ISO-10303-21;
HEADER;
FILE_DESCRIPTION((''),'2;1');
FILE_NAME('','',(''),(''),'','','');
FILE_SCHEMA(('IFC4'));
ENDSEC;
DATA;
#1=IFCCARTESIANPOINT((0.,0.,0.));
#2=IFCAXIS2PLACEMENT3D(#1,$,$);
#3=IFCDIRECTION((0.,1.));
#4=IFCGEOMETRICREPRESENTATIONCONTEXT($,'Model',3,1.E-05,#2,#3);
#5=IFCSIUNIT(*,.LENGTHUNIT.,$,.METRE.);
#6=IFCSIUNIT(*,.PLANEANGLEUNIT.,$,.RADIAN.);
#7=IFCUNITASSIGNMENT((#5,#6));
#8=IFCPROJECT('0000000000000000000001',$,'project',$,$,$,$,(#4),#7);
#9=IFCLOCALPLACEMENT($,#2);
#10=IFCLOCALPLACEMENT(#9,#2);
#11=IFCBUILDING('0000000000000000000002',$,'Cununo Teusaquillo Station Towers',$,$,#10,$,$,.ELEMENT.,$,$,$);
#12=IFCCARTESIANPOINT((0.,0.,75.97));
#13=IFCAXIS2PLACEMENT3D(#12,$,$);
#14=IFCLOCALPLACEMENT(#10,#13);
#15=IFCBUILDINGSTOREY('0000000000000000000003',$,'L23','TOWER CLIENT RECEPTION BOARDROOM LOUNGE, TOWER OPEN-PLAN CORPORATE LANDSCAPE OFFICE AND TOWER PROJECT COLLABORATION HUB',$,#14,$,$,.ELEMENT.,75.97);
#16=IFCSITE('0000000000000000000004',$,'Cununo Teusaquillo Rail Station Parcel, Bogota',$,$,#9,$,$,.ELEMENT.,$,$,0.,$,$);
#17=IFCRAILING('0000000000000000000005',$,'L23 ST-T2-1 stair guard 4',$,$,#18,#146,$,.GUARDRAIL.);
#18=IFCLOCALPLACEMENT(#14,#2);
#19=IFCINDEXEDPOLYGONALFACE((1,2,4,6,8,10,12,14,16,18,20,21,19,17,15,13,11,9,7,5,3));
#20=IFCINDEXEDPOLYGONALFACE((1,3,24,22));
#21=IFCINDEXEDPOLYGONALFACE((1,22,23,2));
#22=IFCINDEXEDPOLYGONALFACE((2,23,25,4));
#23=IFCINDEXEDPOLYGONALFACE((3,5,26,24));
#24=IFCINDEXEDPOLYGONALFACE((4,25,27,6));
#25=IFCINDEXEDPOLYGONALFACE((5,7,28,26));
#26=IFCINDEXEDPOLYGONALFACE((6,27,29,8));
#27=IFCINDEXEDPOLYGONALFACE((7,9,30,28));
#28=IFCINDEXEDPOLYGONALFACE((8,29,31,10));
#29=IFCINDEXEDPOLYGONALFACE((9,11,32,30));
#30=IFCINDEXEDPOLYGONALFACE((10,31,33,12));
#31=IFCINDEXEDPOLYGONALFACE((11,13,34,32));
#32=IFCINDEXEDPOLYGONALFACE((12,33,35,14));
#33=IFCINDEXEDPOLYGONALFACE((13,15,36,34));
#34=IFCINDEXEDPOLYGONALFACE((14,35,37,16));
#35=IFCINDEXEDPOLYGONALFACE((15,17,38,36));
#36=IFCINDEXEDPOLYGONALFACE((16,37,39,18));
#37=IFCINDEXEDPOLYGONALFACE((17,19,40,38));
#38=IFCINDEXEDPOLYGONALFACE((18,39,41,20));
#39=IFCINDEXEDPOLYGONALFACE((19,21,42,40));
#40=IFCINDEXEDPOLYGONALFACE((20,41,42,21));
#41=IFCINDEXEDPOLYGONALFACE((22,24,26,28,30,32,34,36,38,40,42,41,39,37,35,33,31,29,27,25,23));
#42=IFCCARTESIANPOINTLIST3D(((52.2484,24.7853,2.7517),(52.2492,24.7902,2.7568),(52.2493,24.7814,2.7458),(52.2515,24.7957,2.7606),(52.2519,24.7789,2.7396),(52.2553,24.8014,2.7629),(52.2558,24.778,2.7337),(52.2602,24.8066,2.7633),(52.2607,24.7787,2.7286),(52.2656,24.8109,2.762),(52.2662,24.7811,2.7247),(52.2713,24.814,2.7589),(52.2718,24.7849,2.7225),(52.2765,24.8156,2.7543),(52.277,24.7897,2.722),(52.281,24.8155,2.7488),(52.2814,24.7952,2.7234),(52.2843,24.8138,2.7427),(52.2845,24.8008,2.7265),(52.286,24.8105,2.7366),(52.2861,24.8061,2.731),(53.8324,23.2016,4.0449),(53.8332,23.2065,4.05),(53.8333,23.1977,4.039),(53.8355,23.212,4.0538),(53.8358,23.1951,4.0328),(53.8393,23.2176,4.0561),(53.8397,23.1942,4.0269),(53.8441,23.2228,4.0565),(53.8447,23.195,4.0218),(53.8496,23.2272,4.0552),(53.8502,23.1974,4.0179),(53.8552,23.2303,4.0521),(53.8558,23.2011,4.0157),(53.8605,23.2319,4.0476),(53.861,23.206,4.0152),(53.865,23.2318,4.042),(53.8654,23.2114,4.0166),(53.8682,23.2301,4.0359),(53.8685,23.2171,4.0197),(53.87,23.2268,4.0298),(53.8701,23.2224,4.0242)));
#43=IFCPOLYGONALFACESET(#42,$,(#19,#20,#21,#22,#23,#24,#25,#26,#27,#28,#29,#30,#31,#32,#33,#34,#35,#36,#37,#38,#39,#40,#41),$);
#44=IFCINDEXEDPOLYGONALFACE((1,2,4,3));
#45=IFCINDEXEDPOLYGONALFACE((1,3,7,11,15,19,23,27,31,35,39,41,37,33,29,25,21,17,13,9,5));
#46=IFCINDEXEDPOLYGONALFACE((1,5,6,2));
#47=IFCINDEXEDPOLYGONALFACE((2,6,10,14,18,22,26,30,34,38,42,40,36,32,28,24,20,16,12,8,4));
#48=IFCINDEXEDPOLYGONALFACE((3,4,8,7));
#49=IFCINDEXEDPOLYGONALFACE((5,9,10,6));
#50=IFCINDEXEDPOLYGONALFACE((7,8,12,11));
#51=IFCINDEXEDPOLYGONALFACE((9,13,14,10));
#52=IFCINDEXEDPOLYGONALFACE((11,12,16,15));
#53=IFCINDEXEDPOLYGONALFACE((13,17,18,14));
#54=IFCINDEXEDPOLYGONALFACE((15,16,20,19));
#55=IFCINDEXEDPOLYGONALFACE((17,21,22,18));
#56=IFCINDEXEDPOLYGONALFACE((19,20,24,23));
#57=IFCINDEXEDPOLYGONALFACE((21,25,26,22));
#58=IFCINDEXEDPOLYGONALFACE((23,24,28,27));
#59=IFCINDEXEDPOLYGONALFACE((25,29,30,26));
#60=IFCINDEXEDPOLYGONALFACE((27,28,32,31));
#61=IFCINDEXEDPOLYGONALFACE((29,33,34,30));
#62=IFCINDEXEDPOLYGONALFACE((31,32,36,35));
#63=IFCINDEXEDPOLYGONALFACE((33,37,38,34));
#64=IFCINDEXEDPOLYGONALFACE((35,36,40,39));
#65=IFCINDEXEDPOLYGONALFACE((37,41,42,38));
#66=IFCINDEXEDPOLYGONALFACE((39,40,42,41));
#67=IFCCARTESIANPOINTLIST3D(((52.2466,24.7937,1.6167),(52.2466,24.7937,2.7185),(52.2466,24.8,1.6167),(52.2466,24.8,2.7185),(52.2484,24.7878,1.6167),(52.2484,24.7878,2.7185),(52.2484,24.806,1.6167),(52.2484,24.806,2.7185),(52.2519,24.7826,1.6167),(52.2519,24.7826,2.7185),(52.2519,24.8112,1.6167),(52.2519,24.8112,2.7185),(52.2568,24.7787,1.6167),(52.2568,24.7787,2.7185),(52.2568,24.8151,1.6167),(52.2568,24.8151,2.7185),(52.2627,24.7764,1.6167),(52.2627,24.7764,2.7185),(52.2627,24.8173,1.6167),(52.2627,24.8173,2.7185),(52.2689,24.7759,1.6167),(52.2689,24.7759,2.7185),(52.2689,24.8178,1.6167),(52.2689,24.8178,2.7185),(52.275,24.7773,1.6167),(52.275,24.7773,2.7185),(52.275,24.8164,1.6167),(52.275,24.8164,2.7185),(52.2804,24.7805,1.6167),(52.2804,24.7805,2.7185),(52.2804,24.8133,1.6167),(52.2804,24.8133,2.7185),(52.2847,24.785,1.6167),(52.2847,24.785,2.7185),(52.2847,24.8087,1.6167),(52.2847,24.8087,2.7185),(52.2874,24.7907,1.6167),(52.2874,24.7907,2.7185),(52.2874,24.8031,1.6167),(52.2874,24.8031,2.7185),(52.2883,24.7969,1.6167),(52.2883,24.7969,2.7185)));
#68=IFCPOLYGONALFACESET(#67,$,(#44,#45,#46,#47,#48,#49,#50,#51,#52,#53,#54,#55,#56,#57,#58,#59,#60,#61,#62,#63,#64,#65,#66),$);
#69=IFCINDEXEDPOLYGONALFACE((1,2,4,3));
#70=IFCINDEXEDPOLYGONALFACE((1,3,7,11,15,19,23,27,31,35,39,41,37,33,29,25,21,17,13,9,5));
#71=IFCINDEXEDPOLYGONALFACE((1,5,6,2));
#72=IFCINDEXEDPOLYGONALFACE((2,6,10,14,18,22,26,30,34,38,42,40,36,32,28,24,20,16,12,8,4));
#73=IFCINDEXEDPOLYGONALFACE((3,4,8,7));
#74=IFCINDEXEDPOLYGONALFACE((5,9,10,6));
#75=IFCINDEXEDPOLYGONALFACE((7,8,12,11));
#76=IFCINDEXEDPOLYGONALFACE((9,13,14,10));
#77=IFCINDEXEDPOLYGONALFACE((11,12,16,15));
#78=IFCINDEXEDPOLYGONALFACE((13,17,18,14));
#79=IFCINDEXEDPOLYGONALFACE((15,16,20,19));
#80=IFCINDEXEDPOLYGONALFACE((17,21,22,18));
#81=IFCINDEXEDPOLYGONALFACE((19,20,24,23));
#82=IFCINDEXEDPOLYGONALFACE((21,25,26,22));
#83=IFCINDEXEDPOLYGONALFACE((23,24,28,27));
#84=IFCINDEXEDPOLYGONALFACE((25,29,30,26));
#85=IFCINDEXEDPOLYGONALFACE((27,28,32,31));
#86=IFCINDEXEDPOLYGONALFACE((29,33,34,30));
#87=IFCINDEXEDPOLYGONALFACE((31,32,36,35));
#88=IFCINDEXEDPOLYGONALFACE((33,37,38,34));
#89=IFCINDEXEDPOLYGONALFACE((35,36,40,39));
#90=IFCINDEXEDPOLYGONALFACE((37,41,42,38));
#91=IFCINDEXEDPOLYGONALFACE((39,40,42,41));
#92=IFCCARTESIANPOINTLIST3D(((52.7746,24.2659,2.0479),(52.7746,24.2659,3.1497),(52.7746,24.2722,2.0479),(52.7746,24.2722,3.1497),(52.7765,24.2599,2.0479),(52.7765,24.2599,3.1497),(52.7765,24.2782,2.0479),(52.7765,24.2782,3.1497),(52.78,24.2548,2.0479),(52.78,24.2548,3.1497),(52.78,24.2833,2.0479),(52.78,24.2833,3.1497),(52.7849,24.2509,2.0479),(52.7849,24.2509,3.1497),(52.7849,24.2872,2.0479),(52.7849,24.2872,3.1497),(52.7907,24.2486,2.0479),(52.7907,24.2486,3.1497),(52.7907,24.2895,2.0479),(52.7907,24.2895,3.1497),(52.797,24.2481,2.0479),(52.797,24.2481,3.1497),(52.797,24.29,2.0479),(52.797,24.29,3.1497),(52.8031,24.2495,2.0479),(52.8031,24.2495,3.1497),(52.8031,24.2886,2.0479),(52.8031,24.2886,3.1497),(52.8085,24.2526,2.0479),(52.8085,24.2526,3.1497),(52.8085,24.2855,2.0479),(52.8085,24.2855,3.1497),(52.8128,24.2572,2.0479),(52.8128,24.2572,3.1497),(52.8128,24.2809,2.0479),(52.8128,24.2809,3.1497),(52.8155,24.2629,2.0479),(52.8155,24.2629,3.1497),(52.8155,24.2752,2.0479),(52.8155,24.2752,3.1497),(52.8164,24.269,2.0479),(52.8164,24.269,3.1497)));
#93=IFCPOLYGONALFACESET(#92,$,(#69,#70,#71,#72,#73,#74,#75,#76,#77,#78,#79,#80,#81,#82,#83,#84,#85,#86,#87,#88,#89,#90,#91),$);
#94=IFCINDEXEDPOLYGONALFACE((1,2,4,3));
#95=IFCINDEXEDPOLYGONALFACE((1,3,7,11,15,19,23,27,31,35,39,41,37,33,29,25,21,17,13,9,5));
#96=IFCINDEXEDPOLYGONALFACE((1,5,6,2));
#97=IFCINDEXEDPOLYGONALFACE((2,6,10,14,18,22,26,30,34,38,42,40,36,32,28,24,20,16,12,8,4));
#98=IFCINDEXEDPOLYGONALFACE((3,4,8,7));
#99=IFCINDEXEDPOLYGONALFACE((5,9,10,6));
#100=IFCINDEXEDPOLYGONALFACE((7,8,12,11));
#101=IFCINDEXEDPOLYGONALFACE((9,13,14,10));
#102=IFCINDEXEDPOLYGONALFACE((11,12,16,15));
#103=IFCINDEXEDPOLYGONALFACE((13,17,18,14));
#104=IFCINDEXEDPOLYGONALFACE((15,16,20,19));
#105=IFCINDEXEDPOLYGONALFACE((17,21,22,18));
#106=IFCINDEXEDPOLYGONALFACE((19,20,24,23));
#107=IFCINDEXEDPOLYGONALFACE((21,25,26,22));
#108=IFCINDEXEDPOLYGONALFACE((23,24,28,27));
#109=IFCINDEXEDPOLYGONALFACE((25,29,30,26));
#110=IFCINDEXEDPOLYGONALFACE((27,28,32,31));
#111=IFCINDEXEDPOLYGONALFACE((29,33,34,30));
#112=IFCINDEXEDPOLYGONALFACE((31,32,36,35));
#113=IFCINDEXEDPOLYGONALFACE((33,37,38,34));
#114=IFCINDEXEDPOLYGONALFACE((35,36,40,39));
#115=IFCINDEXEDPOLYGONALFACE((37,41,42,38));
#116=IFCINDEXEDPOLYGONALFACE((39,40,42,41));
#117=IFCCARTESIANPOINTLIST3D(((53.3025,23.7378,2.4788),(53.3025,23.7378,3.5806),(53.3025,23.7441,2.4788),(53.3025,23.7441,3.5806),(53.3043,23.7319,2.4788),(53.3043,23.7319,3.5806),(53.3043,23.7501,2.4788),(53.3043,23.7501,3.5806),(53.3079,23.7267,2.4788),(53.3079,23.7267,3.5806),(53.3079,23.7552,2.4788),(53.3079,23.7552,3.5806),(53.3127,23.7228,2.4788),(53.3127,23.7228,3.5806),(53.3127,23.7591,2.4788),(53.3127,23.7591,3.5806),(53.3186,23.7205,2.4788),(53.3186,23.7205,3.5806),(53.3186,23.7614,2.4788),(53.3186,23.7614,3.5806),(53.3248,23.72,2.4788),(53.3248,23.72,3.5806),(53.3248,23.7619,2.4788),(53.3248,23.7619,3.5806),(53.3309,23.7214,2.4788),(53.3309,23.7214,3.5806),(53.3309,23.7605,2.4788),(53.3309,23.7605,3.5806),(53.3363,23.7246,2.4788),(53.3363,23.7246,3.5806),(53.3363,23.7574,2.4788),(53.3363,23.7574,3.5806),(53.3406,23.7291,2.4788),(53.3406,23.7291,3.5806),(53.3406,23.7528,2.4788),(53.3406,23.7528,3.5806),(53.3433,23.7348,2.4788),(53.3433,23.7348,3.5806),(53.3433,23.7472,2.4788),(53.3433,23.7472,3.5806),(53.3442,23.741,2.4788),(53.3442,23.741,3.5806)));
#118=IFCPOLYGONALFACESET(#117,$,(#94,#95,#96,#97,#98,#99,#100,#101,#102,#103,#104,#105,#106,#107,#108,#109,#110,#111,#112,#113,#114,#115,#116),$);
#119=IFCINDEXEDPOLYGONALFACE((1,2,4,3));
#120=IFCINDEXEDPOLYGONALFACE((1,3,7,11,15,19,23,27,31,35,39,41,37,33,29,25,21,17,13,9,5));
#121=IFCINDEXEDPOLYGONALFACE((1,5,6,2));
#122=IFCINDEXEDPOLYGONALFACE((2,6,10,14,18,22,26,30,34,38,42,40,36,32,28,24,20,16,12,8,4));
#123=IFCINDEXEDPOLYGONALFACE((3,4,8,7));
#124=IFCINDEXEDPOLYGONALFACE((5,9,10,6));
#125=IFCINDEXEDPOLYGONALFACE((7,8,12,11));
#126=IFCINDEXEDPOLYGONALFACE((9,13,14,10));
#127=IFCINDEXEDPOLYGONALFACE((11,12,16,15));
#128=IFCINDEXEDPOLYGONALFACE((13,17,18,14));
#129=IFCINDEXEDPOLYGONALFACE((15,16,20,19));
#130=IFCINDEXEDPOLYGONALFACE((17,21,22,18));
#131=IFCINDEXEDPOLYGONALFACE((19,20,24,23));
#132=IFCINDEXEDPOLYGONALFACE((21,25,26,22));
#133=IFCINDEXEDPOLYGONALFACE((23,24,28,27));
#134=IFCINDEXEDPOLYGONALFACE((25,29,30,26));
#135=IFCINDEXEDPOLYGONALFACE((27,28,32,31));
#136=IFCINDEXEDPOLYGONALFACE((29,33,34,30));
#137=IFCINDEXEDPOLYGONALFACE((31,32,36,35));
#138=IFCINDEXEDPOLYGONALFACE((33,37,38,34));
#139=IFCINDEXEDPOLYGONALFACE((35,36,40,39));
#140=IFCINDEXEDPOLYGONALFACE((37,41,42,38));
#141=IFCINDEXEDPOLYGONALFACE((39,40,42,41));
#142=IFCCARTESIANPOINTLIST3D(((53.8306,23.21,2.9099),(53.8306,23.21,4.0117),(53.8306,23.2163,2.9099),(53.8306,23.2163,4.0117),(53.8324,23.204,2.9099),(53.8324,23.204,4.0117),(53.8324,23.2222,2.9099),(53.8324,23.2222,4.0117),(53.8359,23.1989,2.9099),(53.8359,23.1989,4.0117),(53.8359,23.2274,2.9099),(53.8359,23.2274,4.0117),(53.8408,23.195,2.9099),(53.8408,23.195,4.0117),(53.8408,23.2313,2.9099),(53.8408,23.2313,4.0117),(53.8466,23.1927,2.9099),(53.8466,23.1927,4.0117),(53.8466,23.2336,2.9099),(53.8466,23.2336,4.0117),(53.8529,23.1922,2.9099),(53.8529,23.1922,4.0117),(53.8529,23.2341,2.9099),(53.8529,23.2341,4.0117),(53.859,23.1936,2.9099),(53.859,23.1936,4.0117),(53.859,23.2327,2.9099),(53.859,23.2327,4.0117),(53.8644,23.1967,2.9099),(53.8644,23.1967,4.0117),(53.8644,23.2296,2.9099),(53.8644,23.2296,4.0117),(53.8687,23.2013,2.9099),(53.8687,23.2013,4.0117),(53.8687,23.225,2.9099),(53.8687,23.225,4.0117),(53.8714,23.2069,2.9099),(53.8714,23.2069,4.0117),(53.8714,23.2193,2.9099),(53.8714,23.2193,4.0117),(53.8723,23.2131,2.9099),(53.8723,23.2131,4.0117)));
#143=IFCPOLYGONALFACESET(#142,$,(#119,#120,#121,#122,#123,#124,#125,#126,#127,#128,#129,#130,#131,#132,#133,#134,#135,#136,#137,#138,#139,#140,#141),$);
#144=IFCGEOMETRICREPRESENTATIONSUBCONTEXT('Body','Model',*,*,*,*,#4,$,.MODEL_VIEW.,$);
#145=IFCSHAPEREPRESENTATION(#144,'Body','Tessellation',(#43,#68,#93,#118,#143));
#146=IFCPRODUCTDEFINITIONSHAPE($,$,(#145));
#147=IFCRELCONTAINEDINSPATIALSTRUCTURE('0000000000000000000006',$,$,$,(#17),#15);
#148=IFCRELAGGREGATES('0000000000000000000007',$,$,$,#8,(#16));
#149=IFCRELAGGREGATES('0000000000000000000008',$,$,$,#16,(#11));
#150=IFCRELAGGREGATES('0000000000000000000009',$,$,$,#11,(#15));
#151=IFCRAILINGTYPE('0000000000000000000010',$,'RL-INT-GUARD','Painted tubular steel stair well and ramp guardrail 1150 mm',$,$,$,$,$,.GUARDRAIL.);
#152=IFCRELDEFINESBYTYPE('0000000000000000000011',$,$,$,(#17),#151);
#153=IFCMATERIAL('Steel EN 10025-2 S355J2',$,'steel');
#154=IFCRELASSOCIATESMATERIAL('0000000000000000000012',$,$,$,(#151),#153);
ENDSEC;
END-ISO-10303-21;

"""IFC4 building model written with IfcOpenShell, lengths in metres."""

from ifc_helpers import new_model, si_unit, direction, frame, origin, origin_2d, place, context, subcontext, project, spatial, circle, extrude, material, type_object, element, save


model = new_model("IFC4")

# Units and contexts
model_context = context("Model", 3, precision=1e-05, world=origin(), true_north=direction((0.0, 1.0)))
body_context = subcontext(model_context, "Body", "Model", "MODEL_VIEW")
ifc_project = project(units=[si_unit("LENGTHUNIT", "METRE"), si_unit("PLANEANGLEUNIT", "RADIAN")], contexts=[model_context])

# Site, building, storey
site_placement = place(None, origin())
site = spatial("IfcSite", under=ifc_project, at=site_placement, Name="Cununo Teusaquillo Rail Station Parcel, Bogota", CompositionType="ELEMENT", RefElevation=0.0)
building_placement = place(site_placement, origin())
building = spatial("IfcBuilding", under=site, at=building_placement, Name="Cununo Teusaquillo Station Towers", CompositionType="ELEMENT")
storey_placement = place(building_placement, frame((0.0, 0.0, 75.97)))
storey = spatial("IfcBuildingStorey", under=building, at=storey_placement, Name="L23", Description="TOWER CLIENT RECEPTION BOARDROOM LOUNGE, TOWER OPEN-PLAN CORPORATE LANDSCAPE OFFICE AND TOWER PROJECT COLLABORATION HUB", CompositionType="ELEMENT", Elevation=75.97)

# Railing
ifc_material_1 = material(Name="Steel EN 10025-2 S355J2", Category="steel")
railing_type_1 = type_object("IfcRailingType", Name="RL-INT-GUARD", Description="Painted tubular steel stair well and ramp guardrail 1150 mm", PredefinedType="GUARDRAIL", material=ifc_material_1)
railing_1_placement = place(storey_placement, frame((52.2673, 24.7969, 1.6167)))
element("IfcRailing", 1, at=railing_1_placement, inside=storey, type_object=railing_type_1, Name="L23 ST-T2-1 stair guard 4", PredefinedType="GUARDRAIL", context=body_context, shape_type="SweptSolid", body=[
    extrude(circle(Radius=0.0239, at=origin_2d()), frame((0.0, 0.0, 1.126), z_axis=(0.61242, -0.612326, 0.499998), x_axis=(0.707052, 0.707161, 0.0)), (0.0, 0.0, 1.0), 2.5864),
    extrude(circle(Radius=0.021, at=origin_2d()), origin(), (0.0, 0.0, 1.0), 1.1018),
    extrude(circle(Radius=0.021, at=origin_2d()), frame((0.5281, -0.5278, 0.4312)), (0.0, 0.0, 1.0), 1.1018),
    extrude(circle(Radius=0.021, at=origin_2d()), frame((1.0559, -1.0559, 0.8621)), (0.0, 0.0, 1.0), 1.1018),
    extrude(circle(Radius=0.021, at=origin_2d()), frame((1.584, -1.5837, 1.2932)), (0.0, 0.0, 1.0), 1.1018),
])

save(model, "model.ifc")
